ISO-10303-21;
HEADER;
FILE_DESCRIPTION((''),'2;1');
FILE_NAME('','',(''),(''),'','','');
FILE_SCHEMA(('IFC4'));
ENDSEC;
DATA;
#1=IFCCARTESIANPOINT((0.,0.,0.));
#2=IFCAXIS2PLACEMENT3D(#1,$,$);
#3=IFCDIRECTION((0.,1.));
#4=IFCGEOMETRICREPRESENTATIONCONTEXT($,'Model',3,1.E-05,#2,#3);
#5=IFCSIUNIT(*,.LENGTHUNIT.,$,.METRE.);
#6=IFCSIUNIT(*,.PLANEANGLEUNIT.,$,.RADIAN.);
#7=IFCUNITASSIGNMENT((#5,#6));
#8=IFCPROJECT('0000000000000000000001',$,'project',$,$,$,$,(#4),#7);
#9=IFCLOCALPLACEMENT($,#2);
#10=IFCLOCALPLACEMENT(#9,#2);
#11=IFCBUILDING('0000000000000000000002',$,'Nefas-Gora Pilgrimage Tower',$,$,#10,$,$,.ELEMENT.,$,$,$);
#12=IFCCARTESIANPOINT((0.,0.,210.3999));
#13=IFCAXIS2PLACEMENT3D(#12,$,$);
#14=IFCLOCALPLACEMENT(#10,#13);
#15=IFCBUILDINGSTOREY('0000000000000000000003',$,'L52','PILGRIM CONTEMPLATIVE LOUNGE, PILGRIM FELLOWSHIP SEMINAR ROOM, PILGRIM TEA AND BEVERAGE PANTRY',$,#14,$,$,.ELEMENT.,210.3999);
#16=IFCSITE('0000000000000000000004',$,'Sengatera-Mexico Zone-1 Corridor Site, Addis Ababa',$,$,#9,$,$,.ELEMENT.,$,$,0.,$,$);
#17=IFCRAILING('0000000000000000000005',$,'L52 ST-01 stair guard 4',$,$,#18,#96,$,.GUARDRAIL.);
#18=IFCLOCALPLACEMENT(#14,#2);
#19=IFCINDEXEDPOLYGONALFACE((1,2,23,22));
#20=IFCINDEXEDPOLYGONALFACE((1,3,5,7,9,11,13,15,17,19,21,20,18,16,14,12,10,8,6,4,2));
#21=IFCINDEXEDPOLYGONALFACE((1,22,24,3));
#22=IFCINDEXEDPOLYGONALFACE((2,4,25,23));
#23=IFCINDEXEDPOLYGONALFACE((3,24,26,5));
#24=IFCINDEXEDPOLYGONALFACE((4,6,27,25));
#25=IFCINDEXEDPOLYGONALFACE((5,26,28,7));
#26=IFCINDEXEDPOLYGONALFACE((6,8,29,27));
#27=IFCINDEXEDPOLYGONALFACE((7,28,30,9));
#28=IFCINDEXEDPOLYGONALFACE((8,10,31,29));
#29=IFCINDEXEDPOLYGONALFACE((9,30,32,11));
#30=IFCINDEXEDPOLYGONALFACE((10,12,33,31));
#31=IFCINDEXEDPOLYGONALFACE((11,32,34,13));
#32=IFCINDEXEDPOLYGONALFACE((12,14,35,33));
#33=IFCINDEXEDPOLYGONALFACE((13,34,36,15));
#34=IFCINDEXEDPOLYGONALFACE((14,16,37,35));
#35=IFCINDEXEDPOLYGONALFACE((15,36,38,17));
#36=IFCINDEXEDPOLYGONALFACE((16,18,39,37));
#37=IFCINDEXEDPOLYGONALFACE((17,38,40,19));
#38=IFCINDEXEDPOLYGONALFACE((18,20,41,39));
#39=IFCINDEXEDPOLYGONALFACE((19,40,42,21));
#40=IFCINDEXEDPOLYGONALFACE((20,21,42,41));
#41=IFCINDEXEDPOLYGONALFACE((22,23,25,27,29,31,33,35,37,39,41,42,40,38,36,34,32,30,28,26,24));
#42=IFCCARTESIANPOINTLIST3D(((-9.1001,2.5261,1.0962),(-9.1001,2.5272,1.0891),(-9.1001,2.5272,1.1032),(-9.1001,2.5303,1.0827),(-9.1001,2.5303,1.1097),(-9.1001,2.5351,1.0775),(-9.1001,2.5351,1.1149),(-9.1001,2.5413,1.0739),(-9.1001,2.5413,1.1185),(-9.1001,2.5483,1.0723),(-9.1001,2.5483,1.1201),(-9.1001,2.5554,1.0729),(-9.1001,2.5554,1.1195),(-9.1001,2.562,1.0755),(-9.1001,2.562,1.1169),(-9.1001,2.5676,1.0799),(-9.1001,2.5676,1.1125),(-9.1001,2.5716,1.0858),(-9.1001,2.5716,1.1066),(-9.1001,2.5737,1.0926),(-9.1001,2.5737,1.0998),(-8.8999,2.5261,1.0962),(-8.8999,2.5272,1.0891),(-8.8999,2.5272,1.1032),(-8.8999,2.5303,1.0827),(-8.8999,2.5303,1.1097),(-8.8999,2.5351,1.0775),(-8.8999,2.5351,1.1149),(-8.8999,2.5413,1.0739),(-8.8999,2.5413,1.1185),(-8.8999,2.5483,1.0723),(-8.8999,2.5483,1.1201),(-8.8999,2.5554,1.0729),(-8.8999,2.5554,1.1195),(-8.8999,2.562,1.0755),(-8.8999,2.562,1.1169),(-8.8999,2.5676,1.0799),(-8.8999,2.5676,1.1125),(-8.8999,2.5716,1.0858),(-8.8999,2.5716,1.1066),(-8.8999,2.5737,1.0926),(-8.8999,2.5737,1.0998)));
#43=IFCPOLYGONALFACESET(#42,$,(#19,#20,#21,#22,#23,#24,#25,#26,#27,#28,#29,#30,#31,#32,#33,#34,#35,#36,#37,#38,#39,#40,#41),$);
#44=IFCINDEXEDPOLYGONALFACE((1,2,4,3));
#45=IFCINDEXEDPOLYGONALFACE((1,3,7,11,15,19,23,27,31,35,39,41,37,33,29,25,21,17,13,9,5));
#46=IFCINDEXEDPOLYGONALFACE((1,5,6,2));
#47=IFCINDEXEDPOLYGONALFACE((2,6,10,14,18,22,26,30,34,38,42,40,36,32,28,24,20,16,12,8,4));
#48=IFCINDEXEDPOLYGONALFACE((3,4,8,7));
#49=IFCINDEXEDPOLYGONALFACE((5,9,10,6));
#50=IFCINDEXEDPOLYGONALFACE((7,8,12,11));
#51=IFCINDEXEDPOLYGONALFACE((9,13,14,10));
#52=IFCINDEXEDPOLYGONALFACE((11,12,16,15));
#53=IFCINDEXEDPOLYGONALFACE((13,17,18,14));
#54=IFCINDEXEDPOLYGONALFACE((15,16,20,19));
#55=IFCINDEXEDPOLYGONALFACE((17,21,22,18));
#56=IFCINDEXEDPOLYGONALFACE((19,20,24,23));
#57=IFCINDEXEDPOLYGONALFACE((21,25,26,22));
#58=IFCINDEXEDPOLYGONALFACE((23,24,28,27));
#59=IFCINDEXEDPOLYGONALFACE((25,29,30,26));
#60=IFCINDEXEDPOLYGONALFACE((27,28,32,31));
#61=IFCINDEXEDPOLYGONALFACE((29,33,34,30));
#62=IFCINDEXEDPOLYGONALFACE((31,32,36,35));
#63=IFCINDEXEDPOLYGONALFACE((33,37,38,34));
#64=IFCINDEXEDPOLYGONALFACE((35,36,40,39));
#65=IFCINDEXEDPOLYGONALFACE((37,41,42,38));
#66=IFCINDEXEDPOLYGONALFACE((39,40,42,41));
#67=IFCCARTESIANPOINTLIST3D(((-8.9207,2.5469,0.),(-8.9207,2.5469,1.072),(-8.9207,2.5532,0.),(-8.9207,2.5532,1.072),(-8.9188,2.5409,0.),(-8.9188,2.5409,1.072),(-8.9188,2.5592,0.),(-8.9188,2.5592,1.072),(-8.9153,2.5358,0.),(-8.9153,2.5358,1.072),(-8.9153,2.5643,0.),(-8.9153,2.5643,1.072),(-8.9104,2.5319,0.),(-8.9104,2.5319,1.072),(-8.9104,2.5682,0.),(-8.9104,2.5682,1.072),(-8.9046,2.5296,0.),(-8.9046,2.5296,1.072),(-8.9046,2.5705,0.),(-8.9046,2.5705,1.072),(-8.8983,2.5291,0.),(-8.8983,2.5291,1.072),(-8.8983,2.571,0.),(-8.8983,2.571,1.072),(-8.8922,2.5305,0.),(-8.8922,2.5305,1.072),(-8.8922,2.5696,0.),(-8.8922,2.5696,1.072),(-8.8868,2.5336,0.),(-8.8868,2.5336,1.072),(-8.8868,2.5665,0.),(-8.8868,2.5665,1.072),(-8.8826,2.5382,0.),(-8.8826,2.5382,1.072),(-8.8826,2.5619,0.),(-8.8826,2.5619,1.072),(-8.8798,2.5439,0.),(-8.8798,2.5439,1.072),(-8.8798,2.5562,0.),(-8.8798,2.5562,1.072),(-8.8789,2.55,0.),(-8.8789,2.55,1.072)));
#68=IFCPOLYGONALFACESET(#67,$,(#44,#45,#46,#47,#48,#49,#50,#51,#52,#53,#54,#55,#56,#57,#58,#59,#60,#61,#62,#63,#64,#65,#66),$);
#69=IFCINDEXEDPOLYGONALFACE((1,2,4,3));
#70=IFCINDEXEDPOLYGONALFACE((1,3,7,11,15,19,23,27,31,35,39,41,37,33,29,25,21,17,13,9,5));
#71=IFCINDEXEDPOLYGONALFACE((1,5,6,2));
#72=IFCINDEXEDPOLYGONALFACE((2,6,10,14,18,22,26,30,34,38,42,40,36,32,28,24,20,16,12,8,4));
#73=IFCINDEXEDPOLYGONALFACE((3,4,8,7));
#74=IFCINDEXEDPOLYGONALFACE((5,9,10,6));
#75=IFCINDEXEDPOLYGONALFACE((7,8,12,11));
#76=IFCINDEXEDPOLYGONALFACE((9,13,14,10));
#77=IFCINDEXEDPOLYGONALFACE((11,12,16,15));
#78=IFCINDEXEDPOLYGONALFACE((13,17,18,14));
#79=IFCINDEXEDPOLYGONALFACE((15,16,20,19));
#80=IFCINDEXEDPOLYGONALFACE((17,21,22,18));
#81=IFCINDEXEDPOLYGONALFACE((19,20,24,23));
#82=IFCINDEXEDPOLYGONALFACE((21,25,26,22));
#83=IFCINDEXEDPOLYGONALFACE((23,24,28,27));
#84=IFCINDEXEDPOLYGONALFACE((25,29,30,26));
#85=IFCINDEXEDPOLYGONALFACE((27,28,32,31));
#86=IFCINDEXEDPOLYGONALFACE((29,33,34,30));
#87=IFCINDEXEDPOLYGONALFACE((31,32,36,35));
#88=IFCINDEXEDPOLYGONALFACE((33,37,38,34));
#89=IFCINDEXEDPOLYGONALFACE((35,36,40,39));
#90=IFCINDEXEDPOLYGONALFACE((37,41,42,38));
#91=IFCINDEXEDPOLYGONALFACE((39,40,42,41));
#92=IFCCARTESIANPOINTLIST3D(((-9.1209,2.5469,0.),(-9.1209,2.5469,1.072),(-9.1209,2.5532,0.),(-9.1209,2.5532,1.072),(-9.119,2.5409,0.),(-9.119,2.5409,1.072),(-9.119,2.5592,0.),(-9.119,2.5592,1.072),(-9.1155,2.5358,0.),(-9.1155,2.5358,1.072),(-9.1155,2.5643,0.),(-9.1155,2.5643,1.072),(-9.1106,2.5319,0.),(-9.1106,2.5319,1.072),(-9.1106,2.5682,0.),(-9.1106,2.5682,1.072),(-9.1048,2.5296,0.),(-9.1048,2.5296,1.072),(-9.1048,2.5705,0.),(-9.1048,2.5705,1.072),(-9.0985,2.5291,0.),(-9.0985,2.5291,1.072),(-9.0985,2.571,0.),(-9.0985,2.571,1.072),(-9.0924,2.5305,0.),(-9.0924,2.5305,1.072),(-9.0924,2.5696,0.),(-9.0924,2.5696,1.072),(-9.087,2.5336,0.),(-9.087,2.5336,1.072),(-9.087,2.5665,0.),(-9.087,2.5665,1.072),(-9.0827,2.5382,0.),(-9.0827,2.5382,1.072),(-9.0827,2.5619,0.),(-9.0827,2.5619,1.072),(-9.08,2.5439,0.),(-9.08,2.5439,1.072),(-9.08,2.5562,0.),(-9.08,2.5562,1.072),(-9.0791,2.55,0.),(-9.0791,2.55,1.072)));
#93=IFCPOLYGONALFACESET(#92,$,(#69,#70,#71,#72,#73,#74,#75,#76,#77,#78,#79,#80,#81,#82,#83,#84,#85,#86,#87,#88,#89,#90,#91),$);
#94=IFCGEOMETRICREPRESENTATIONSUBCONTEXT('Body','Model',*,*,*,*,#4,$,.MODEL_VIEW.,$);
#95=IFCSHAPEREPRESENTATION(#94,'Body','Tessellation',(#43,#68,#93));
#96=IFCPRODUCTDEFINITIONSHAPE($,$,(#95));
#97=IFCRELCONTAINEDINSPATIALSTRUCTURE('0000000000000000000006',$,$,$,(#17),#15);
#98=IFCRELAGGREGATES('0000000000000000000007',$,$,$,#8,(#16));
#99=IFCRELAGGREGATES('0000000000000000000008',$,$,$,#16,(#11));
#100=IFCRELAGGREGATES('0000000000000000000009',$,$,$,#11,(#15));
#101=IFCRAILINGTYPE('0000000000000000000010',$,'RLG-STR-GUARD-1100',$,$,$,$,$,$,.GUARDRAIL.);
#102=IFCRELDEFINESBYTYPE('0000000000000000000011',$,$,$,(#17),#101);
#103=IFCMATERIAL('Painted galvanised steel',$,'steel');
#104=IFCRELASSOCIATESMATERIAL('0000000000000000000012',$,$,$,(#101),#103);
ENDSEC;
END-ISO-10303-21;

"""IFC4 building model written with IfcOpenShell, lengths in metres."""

from ifc_helpers import new_model, si_unit, direction, frame, origin, origin_2d, place, context, subcontext, project, spatial, circle, extrude, material, type_object, element, save


model = new_model("IFC4")

# Units and contexts
model_context = context("Model", 3, precision=1e-05, world=origin(), true_north=direction((0.0, 1.0)))
body_context = subcontext(model_context, "Body", "Model", "MODEL_VIEW")
ifc_project = project(units=[si_unit("LENGTHUNIT", "METRE"), si_unit("PLANEANGLEUNIT", "RADIAN")], contexts=[model_context])

# Site, building, storey
site_placement = place(None, origin())
site = spatial("IfcSite", under=ifc_project, at=site_placement, Name="Sengatera-Mexico Zone-1 Corridor Site, Addis Ababa", CompositionType="ELEMENT", RefElevation=0.0)
building_placement = place(site_placement, origin())
building = spatial("IfcBuilding", under=site, at=building_placement, Name="Nefas-Gora Pilgrimage Tower", CompositionType="ELEMENT")
storey_placement = place(building_placement, frame((0.0, 0.0, 210.3999)))
storey = spatial("IfcBuildingStorey", under=building, at=storey_placement, Name="L52", Description="PILGRIM CONTEMPLATIVE LOUNGE, PILGRIM FELLOWSHIP SEMINAR ROOM, PILGRIM TEA AND BEVERAGE PANTRY", CompositionType="ELEMENT", Elevation=210.3999)

# Railing
ifc_material_1 = material(Name="Painted galvanised steel", Category="steel")
railing_type_1 = type_object("IfcRailingType", Name="RLG-STR-GUARD-1100", PredefinedType="GUARDRAIL", material=ifc_material_1)
railing_1_placement = place(storey_placement, frame((-8.8999, 2.55, 0.0)))
element("IfcRailing", 1, at=railing_1_placement, inside=storey, type_object=railing_type_1, Name="L52 ST-01 stair guard 4", PredefinedType="GUARDRAIL", context=body_context, shape_type="SweptSolid", body=[
    extrude(circle(Radius=0.0239, at=origin_2d()), frame((0.0, 0.0, 1.0962), z_axis=(-1.0, 0.0, 0.0), x_axis=(0.0, -1.0, 0.0)), (0.0, 0.0, 1.0), 0.2002),
    extrude(circle(Radius=0.021, at=origin_2d()), origin(), (0.0, 0.0, 1.0), 1.072),
    extrude(circle(Radius=0.021, at=origin_2d()), frame((-0.2002, 0.0, 0.0)), (0.0, 0.0, 1.0), 1.072),
])

save(model, "model.ifc")
